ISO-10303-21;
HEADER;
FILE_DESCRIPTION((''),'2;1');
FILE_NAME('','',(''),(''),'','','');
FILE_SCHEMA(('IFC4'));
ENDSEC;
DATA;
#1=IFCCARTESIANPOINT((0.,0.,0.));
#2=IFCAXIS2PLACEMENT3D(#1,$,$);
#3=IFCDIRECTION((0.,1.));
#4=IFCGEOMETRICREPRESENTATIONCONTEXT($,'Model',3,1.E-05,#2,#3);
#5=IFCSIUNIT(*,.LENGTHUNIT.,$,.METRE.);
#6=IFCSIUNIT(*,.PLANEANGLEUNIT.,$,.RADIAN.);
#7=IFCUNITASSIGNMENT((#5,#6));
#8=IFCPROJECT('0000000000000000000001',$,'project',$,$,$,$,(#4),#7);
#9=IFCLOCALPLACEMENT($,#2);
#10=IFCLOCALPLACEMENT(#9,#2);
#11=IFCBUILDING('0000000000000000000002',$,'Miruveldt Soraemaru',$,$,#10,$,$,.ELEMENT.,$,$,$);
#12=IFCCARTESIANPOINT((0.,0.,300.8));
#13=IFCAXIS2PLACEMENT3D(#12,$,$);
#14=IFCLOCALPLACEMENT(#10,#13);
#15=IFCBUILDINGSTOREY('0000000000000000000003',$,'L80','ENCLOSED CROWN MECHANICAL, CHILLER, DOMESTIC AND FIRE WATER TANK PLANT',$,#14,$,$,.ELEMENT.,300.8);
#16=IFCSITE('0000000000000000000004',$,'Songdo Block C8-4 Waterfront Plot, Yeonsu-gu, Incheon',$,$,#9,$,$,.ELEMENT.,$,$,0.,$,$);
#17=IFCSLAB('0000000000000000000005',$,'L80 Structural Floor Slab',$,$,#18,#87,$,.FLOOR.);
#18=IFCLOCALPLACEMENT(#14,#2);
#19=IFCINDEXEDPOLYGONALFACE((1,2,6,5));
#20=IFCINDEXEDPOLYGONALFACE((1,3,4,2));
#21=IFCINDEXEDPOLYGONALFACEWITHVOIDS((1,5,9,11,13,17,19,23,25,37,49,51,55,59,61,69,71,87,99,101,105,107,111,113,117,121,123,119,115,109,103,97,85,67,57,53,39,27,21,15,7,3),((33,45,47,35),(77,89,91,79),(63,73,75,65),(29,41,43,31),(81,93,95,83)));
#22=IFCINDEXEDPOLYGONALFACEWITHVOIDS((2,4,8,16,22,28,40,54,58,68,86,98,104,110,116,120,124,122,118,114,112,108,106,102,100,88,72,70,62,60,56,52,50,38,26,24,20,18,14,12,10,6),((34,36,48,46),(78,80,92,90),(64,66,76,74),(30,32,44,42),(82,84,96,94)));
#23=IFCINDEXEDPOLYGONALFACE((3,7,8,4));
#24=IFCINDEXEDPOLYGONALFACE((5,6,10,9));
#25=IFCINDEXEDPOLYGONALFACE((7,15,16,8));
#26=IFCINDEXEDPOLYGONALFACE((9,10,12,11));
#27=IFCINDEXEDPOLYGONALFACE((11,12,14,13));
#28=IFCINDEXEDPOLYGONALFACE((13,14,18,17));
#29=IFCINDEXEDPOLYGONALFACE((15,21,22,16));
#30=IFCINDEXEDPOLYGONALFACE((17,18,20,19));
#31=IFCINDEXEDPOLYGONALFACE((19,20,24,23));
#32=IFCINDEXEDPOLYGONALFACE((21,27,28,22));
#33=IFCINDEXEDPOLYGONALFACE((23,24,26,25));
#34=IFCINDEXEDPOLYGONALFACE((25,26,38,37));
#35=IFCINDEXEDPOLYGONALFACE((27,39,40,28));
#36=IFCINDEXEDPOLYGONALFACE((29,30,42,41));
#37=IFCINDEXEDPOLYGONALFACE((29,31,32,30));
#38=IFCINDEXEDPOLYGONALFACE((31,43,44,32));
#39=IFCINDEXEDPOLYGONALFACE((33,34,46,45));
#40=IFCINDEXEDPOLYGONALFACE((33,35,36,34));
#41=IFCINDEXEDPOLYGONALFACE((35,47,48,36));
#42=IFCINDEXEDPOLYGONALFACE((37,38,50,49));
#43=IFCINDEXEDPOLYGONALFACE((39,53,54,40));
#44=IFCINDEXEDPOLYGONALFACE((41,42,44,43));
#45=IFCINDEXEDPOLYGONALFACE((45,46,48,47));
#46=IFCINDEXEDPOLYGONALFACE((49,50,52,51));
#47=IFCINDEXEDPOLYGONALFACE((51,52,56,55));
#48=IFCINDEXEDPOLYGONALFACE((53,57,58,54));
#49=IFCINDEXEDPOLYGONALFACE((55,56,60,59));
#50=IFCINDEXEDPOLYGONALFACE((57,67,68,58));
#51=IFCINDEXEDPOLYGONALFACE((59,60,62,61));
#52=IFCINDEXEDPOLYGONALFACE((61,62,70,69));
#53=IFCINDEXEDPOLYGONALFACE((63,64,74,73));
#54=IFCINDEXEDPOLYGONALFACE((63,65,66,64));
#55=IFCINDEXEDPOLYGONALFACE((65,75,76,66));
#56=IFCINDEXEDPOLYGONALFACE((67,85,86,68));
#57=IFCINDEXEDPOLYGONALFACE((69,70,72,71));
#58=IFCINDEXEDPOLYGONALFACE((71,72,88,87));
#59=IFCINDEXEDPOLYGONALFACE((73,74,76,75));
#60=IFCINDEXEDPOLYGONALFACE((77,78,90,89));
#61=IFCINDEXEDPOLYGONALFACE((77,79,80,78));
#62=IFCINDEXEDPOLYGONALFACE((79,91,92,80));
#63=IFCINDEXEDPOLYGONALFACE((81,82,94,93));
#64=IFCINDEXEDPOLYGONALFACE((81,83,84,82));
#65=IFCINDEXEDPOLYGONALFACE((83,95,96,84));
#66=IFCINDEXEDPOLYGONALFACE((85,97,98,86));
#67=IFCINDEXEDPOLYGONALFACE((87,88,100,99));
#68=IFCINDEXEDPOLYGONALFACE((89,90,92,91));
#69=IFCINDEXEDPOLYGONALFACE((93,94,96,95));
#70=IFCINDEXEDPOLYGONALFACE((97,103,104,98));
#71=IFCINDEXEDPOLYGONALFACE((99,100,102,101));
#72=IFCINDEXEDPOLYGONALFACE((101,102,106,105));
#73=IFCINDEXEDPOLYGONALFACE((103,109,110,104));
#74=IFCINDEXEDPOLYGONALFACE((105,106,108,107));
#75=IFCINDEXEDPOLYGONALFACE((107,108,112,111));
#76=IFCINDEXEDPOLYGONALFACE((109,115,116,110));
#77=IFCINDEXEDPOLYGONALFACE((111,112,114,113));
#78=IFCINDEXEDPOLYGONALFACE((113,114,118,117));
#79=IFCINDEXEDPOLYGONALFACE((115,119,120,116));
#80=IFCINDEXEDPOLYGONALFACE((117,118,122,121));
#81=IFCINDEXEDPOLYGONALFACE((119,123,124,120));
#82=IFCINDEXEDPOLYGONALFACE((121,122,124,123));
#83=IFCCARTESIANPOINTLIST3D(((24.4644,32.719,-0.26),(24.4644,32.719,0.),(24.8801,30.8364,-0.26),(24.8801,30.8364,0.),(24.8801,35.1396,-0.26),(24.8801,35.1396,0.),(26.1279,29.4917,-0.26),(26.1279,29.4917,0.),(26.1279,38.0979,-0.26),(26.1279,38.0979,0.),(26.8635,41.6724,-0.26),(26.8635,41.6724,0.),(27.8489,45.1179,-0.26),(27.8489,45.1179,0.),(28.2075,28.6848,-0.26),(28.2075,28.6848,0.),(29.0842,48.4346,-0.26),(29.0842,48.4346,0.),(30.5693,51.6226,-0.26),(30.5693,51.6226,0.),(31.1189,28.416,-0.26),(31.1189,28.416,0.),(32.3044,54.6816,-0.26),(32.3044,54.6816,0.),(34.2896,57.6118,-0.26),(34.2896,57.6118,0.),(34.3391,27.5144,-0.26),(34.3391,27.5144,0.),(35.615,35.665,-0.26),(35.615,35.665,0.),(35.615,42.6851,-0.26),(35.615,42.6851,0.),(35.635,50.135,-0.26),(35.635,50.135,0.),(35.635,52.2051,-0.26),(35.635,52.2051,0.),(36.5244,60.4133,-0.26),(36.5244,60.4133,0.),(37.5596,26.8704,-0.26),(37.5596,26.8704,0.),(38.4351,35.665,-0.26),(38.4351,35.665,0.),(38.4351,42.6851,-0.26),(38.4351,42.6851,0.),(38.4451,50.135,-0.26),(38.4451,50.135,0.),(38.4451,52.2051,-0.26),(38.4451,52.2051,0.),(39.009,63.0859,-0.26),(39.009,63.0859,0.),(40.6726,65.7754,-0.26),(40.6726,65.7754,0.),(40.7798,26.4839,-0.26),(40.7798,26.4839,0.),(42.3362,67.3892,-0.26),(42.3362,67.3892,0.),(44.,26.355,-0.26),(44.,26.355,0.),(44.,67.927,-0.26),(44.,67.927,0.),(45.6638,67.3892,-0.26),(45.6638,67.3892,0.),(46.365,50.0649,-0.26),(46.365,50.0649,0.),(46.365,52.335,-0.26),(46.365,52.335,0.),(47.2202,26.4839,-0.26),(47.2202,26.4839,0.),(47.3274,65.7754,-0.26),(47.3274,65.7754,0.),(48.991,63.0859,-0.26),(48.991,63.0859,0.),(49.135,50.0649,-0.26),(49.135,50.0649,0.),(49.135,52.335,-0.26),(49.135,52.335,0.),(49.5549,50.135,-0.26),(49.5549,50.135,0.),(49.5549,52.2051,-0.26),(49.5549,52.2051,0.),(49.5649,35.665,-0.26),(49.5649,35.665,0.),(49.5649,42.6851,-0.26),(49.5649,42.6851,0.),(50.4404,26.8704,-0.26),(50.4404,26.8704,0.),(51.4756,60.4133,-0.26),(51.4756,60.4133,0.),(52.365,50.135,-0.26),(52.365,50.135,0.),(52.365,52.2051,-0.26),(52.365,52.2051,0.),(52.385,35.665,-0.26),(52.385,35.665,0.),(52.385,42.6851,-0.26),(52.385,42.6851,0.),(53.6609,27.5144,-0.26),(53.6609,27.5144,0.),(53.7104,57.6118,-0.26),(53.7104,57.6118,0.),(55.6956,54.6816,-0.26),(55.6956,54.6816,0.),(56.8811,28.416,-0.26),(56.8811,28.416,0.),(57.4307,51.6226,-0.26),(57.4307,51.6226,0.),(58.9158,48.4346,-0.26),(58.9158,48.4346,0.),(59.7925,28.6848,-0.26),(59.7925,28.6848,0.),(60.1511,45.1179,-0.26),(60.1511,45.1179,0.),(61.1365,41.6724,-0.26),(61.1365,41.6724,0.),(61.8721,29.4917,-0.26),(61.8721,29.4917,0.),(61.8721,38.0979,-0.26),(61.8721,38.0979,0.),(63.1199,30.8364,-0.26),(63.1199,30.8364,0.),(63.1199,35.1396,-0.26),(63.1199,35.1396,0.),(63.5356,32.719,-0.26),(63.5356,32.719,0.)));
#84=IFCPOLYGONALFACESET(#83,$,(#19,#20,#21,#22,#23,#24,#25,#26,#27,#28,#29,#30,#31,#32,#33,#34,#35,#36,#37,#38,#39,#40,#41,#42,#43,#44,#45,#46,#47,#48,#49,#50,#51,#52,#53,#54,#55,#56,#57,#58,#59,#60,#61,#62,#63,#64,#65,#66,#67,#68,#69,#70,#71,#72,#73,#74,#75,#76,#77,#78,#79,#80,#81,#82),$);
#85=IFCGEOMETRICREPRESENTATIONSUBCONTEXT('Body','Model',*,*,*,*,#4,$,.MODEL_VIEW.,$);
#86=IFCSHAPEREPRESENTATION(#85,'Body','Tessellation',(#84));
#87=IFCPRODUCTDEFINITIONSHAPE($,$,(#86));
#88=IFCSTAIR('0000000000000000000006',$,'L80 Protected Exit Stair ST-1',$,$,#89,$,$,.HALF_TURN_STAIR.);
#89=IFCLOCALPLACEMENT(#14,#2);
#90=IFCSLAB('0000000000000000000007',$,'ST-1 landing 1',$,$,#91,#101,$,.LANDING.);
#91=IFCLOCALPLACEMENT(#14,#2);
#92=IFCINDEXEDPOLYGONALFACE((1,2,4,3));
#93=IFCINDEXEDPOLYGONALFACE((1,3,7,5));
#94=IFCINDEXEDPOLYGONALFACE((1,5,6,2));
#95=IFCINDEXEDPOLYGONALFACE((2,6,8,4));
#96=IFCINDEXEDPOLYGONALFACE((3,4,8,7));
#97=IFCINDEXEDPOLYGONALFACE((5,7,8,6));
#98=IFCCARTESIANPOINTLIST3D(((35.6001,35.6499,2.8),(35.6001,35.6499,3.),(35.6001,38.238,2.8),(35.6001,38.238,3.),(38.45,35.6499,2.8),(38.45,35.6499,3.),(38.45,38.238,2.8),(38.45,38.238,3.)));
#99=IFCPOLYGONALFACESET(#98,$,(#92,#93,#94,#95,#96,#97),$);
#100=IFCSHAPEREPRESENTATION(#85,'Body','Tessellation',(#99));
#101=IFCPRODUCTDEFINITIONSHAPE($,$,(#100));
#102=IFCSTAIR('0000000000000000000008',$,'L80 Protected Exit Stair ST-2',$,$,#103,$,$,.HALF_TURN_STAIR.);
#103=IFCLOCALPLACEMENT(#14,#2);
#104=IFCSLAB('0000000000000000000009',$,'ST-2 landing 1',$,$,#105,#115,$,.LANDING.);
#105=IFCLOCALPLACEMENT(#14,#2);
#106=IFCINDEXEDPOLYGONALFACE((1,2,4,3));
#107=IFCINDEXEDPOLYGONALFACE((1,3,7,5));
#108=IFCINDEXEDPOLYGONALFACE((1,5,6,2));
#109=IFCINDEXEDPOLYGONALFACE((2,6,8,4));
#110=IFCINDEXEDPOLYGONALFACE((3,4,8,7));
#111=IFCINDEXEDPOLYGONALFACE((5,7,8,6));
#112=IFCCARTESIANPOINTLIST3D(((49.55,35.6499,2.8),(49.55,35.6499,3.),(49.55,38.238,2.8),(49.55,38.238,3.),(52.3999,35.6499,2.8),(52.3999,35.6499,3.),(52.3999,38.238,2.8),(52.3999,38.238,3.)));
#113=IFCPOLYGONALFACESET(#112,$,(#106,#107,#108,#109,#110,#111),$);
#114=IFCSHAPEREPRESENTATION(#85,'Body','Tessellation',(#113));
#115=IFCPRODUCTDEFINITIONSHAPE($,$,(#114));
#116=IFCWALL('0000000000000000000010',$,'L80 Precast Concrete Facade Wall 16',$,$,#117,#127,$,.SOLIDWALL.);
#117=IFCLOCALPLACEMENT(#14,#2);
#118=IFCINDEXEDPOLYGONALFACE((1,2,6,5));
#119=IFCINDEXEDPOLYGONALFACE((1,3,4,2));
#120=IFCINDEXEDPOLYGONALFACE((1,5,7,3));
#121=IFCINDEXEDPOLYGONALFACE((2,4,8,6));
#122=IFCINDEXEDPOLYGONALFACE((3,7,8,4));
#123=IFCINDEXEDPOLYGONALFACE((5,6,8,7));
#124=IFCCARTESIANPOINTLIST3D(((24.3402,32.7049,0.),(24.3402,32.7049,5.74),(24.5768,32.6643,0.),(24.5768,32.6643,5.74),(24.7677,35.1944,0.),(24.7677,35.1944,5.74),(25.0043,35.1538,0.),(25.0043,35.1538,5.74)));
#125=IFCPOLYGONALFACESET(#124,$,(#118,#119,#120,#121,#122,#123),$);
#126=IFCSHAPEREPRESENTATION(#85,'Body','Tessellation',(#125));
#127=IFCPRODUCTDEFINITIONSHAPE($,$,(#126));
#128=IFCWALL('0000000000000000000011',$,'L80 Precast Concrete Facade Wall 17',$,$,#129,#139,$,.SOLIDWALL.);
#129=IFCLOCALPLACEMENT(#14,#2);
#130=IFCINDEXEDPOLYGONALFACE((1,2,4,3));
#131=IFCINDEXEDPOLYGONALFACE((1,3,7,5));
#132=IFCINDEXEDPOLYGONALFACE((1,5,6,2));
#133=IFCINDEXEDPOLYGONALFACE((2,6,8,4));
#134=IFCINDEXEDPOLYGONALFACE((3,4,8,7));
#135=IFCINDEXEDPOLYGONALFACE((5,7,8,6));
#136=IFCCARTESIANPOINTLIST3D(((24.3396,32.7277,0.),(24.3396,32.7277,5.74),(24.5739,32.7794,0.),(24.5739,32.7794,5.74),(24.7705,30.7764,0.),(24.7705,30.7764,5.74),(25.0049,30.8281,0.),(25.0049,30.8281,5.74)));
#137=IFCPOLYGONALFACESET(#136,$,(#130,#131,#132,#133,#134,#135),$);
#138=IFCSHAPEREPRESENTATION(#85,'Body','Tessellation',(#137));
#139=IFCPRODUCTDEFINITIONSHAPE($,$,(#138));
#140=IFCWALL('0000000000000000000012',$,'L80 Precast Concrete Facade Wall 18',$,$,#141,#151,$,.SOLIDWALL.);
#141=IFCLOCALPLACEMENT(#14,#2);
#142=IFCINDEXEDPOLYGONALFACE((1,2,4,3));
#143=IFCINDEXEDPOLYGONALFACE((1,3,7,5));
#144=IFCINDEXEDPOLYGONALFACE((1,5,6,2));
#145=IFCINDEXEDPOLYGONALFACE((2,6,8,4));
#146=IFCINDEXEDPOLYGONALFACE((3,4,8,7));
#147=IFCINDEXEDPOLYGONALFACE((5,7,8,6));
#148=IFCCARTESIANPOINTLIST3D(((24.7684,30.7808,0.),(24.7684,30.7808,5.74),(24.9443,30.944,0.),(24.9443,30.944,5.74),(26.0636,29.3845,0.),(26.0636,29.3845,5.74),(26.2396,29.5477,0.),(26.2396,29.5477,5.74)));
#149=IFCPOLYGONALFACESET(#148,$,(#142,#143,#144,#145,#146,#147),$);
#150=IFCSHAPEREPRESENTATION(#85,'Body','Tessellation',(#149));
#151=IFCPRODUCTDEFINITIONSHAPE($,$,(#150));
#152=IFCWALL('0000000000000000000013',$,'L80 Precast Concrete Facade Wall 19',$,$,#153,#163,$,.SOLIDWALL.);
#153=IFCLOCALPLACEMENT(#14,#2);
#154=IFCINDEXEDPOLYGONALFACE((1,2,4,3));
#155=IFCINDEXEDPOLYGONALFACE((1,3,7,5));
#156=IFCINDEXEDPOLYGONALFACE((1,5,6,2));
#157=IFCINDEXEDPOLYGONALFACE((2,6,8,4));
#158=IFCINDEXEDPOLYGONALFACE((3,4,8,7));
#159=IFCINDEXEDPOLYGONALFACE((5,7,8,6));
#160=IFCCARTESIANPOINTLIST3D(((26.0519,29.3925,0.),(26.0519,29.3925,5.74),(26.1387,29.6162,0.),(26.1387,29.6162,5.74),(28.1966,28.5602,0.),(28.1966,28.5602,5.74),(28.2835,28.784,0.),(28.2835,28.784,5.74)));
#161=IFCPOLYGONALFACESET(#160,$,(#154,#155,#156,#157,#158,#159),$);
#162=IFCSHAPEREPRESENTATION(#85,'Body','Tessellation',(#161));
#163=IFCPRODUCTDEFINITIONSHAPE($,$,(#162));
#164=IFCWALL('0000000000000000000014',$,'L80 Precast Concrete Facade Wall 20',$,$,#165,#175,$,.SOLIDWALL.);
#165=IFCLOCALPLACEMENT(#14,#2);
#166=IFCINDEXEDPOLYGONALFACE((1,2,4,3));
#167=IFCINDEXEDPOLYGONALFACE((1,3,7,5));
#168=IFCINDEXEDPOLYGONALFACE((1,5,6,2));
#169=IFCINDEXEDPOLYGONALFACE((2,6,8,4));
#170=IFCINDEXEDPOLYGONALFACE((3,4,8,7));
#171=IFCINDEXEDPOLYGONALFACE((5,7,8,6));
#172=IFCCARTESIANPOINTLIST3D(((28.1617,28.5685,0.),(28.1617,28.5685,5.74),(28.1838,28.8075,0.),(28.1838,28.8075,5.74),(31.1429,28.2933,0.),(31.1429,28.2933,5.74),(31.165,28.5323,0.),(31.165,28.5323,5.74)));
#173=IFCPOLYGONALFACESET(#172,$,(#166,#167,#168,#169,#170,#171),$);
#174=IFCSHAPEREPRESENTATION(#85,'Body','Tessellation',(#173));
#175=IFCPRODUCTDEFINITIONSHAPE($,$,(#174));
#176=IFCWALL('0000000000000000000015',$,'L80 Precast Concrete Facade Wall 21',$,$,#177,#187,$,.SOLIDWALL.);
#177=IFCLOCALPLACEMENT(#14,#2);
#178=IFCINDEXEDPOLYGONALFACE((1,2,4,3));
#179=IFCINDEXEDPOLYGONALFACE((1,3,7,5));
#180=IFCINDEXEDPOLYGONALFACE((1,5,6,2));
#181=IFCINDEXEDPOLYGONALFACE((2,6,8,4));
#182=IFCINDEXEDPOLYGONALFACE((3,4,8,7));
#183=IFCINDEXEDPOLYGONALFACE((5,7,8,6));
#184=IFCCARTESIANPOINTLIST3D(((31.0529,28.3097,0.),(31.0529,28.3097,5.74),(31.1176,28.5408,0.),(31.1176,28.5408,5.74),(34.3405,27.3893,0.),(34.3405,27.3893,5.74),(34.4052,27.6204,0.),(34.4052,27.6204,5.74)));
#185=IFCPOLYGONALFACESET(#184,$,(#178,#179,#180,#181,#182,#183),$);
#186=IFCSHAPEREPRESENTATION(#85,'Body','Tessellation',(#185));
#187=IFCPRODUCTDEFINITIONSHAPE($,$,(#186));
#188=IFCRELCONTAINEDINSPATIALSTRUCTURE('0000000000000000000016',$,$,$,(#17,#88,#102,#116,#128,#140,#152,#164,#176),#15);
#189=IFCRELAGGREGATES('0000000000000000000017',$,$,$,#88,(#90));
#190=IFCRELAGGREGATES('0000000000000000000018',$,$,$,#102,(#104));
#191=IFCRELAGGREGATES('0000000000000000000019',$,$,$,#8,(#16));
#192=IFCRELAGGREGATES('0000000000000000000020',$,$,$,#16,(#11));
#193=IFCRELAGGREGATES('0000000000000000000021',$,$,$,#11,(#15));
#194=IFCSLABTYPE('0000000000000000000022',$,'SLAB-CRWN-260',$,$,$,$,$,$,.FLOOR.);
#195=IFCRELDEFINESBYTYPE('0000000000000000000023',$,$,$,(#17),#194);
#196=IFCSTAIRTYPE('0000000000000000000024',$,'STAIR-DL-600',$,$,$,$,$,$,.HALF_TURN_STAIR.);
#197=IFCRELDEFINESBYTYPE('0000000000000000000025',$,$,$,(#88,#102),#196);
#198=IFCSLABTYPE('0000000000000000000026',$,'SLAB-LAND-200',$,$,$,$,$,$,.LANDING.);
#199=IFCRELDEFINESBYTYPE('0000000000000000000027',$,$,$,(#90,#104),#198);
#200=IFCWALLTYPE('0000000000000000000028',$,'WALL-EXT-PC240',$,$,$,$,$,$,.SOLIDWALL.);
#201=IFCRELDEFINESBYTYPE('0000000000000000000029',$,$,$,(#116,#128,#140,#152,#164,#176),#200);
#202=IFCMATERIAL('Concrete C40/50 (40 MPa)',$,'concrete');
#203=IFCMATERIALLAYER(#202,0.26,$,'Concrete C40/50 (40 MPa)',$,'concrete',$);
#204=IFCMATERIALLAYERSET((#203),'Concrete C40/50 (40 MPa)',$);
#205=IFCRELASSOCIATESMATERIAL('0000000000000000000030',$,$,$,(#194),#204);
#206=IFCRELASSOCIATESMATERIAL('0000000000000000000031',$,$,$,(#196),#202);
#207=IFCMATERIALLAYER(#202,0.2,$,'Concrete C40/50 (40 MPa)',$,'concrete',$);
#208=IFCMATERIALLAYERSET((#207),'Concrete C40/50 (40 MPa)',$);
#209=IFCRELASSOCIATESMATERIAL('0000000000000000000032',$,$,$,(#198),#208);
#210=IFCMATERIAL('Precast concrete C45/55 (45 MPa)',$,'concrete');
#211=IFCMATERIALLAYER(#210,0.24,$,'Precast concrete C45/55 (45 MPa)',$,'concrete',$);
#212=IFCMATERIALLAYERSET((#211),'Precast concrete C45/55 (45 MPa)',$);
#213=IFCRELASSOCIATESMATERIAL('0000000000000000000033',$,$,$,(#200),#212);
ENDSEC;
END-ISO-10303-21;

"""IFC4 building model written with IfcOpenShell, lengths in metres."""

from ifc_helpers import new_model, si_unit, direction, frame, frame_2d, origin, place, context, subcontext, project, spatial, polyline, rectangle, outline, extrude, material, layer, layer_set, type_object, element, aggregate, save


model = new_model("IFC4")

# Units and contexts
model_context = context("Model", 3, precision=1e-05, world=origin(), true_north=direction((0.0, 1.0)))
body_context = subcontext(model_context, "Body", "Model", "MODEL_VIEW")
ifc_project = project(units=[si_unit("LENGTHUNIT", "METRE"), si_unit("PLANEANGLEUNIT", "RADIAN")], contexts=[model_context])

# Site, building, storey
site_placement = place(None, origin())
site = spatial("IfcSite", under=ifc_project, at=site_placement, Name="Songdo Block C8-4 Waterfront Plot, Yeonsu-gu, Incheon", CompositionType="ELEMENT", RefElevation=0.0)
building_placement = place(site_placement, origin())
building = spatial("IfcBuilding", under=site, at=building_placement, Name="Miruveldt Soraemaru", CompositionType="ELEMENT")
storey_placement = place(building_placement, frame((0.0, 0.0, 300.8)))
storey = spatial("IfcBuildingStorey", under=building, at=storey_placement, Name="L80", Description="ENCLOSED CROWN MECHANICAL, CHILLER, DOMESTIC AND FIRE WATER TANK PLANT", CompositionType="ELEMENT", Elevation=300.8)

# Slab
ifc_material_1 = material(Name="Concrete C40/50 (40 MPa)", Category="concrete")
ifc_layer_1 = layer(ifc_material_1, 0.26, Name="Concrete C40/50 (40 MPa)", Category="concrete")
ifc_layer_set_1 = layer_set([ifc_layer_1], Name="Concrete C40/50 (40 MPa)")
slab_type_1 = type_object("IfcSlabType", Name="SLAB-CRWN-260", PredefinedType="FLOOR", material=ifc_layer_set_1)
slab_1_placement = place(storey_placement, frame((0.0, 0.0, -0.26)))
element("IfcSlab", 1, at=slab_1_placement, inside=storey, type_object=slab_type_1, Name="L80 Structural Floor Slab", PredefinedType="FLOOR", context=body_context, shape_type="SweptSolid", body=[
    extrude(outline(polyline([(51.4756, 60.4133), (53.7104, 57.6118), (55.6956, 54.6816), (57.4307, 51.6226), (58.9158, 48.4346), (60.1511, 45.1179), (61.1365, 41.6724), (61.8721, 38.0979), (63.1199, 35.1396), (63.5356, 32.719), (63.1199, 30.8364), (61.8721, 29.4917), (59.7925, 28.6848), (56.8811, 28.416), (53.6609, 27.5144), (50.4404, 26.8704), (47.2202, 26.4839), (44.0, 26.355), (40.7798, 26.4839), (37.5596, 26.8704), (34.3391, 27.5144), (31.1189, 28.416), (28.2075, 28.6848), (26.1279, 29.4917), (24.8801, 30.8364), (24.4644, 32.719), (24.8801, 35.1396), (26.1279, 38.0979), (26.8635, 41.6724), (27.8489, 45.1179), (29.0842, 48.4346), (30.5693, 51.6226), (32.3044, 54.6816), (34.2896, 57.6118), (36.5244, 60.4133), (39.009, 63.0859), (40.6726, 65.7754), (42.3362, 67.3892), (44.0, 67.927), (45.6638, 67.3892), (47.3274, 65.7754), (48.991, 63.0859), (51.4756, 60.4133)]), holes=[polyline([(38.4351, 35.665), (38.4351, 42.6851), (35.615, 42.6851), (35.615, 35.665), (38.4351, 35.665)]), polyline([(52.385, 35.665), (52.385, 42.6851), (49.5649, 42.6851), (49.5649, 35.665), (52.385, 35.665)]), polyline([(38.4451, 52.2051), (35.635, 52.2051), (35.635, 50.135), (38.4451, 50.135), (38.4451, 52.2051)]), polyline([(52.365, 50.135), (52.365, 52.2051), (49.5549, 52.2051), (49.5549, 50.135), (52.365, 50.135)]), polyline([(49.135, 50.0649), (49.135, 52.335), (46.365, 52.335), (46.365, 50.0649), (49.135, 50.0649)])]), origin(), (0.0, 0.0, 1.0), 0.26),
])

# Stairs, slabs
stair_type = type_object("IfcStairType", Name="STAIR-DL-600", PredefinedType="HALF_TURN_STAIR", material=ifc_material_1)
stair_1_placement = place(storey_placement, origin())
stair_1 = element("IfcStair", 2, at=stair_1_placement, inside=storey, type_object=stair_type, Name="L80 Protected Exit Stair ST-1", PredefinedType="HALF_TURN_STAIR")
ifc_layer_2 = layer(ifc_material_1, 0.2, Name="Concrete C40/50 (40 MPa)", Category="concrete")
ifc_layer_set_2 = layer_set([ifc_layer_2], Name="Concrete C40/50 (40 MPa)")
slab_type_2 = type_object("IfcSlabType", Name="SLAB-LAND-200", PredefinedType="LANDING", material=ifc_layer_set_2)
slab_2_placement = place(storey_placement, frame((0.0, 0.0, 2.8)))
slab_2 = element("IfcSlab", 3, at=slab_2_placement, type_object=slab_type_2, Name="ST-1 landing 1", PredefinedType="LANDING", context=body_context, shape_type="SweptSolid", body=[
    extrude(outline(polyline([(35.6001, 38.238), (35.6001, 35.6499), (38.45, 35.6499), (38.45, 38.238), (35.6001, 38.238)])), origin(), (0.0, 0.0, 1.0), 0.2),
])
aggregate(stair_1, [slab_2])
stair_2_placement = place(storey_placement, origin())
stair_2 = element("IfcStair", 4, at=stair_2_placement, inside=storey, type_object=stair_type, Name="L80 Protected Exit Stair ST-2", PredefinedType="HALF_TURN_STAIR")
slab_3_placement = place(storey_placement, frame((0.0, 0.0, 2.8)))
slab_3 = element("IfcSlab", 5, at=slab_3_placement, type_object=slab_type_2, Name="ST-2 landing 1", PredefinedType="LANDING", context=body_context, shape_type="SweptSolid", body=[
    extrude(outline(polyline([(49.55, 38.238), (49.55, 35.6499), (52.3999, 35.6499), (52.3999, 38.238), (49.55, 38.238)])), origin(), (0.0, 0.0, 1.0), 0.2),
])
aggregate(stair_2, [slab_3])

# Walls
ifc_material_2 = material(Name="Precast concrete C45/55 (45 MPa)", Category="concrete")
ifc_layer_3 = layer(ifc_material_2, 0.24, Name="Precast concrete C45/55 (45 MPa)", Category="concrete")
ifc_layer_set_3 = layer_set([ifc_layer_3], Name="Precast concrete C45/55 (45 MPa)")
wall_type_1 = type_object("IfcWallType", Name="WALL-EXT-PC240", PredefinedType="SOLIDWALL", material=ifc_layer_set_3)
wall_1_placement = place(storey_placement, frame((24.886, 35.1741, 0.0), z_axis=(0.0, 0.0, 1.0), x_axis=(-0.16924, -0.985575, 0.0)))
element("IfcWall", 6, at=wall_1_placement, inside=storey, type_object=wall_type_1, Name="L80 Precast Concrete Facade Wall 16", PredefinedType="SOLIDWALL", context=body_context, shape_type="SweptSolid", body=[
    extrude(rectangle(XDim=2.5259, YDim=0.24, at=frame_2d((1.2629, 0.0))), origin(), (0.0, 0.0, 1.0), 5.74),
])
wall_2_placement = place(storey_placement, frame((24.4568, 32.7534, 0.0), z_axis=(0.0, 0.0, 1.0), x_axis=(0.21565, -0.976471, 0.0)))
element("IfcWall", 7, at=wall_2_placement, inside=storey, type_object=wall_type_1, Name="L80 Precast Concrete Facade Wall 17", PredefinedType="SOLIDWALL", context=body_context, shape_type="SweptSolid", body=[
    extrude(rectangle(XDim=1.9983, YDim=0.24, at=frame_2d((0.999, 0.0))), origin(), (0.0, 0.0, 1.0), 5.74),
])
wall_3_placement = place(storey_placement, frame((24.8564, 30.8623, 0.0), z_axis=(0.0, 0.0, 1.0), x_axis=(0.680072, -0.733145, 0.0)))
element("IfcWall", 8, at=wall_3_placement, inside=storey, type_object=wall_type_1, Name="L80 Precast Concrete Facade Wall 18", PredefinedType="SOLIDWALL", context=body_context, shape_type="SweptSolid", body=[
    extrude(rectangle(XDim=1.9045, YDim=0.24, at=frame_2d((0.9521, 0.0))), origin(), (0.0, 0.0, 1.0), 5.74),
])
wall_4_placement = place(storey_placement, frame((26.0952, 29.5044, 0.0), z_axis=(0.0, 0.0, 1.0), x_axis=(0.932269, -0.361765, 0.0)))
element("IfcWall", 9, at=wall_4_placement, inside=storey, type_object=wall_type_1, Name="L80 Precast Concrete Facade Wall 19", PredefinedType="SOLIDWALL", context=body_context, shape_type="SweptSolid", body=[
    extrude(rectangle(XDim=2.3005, YDim=0.24, at=frame_2d((1.1504, 0.0))), origin(), (0.0, 0.0, 1.0), 5.74),
])
wall_5_placement = place(storey_placement, frame((28.1726, 28.688, 0.0), z_axis=(0.0, 0.0, 1.0), x_axis=(0.995768, -0.091903, 0.0)))
element("IfcWall", 10, at=wall_5_placement, inside=storey, type_object=wall_type_1, Name="L80 Precast Concrete Facade Wall 20", PredefinedType="SOLIDWALL", context=body_context, shape_type="SweptSolid", body=[
    extrude(rectangle(XDim=2.9939, YDim=0.24, at=frame_2d((1.4971, 0.0))), origin(), (0.0, 0.0, 1.0), 5.74),
])
wall_6_placement = place(storey_placement, frame((31.0852, 28.4253, 0.0), z_axis=(0.0, 0.0, 1.0), x_axis=(0.962973, -0.269598, 0.0)))
element("IfcWall", 11, at=wall_6_placement, inside=storey, type_object=wall_type_1, Name="L80 Precast Concrete Facade Wall 21", PredefinedType="SOLIDWALL", context=body_context, shape_type="SweptSolid", body=[
    extrude(rectangle(XDim=3.4141, YDim=0.24, at=frame_2d((1.707, 0.0))), origin(), (0.0, 0.0, 1.0), 5.74),
])

save(model, "model.ifc")
